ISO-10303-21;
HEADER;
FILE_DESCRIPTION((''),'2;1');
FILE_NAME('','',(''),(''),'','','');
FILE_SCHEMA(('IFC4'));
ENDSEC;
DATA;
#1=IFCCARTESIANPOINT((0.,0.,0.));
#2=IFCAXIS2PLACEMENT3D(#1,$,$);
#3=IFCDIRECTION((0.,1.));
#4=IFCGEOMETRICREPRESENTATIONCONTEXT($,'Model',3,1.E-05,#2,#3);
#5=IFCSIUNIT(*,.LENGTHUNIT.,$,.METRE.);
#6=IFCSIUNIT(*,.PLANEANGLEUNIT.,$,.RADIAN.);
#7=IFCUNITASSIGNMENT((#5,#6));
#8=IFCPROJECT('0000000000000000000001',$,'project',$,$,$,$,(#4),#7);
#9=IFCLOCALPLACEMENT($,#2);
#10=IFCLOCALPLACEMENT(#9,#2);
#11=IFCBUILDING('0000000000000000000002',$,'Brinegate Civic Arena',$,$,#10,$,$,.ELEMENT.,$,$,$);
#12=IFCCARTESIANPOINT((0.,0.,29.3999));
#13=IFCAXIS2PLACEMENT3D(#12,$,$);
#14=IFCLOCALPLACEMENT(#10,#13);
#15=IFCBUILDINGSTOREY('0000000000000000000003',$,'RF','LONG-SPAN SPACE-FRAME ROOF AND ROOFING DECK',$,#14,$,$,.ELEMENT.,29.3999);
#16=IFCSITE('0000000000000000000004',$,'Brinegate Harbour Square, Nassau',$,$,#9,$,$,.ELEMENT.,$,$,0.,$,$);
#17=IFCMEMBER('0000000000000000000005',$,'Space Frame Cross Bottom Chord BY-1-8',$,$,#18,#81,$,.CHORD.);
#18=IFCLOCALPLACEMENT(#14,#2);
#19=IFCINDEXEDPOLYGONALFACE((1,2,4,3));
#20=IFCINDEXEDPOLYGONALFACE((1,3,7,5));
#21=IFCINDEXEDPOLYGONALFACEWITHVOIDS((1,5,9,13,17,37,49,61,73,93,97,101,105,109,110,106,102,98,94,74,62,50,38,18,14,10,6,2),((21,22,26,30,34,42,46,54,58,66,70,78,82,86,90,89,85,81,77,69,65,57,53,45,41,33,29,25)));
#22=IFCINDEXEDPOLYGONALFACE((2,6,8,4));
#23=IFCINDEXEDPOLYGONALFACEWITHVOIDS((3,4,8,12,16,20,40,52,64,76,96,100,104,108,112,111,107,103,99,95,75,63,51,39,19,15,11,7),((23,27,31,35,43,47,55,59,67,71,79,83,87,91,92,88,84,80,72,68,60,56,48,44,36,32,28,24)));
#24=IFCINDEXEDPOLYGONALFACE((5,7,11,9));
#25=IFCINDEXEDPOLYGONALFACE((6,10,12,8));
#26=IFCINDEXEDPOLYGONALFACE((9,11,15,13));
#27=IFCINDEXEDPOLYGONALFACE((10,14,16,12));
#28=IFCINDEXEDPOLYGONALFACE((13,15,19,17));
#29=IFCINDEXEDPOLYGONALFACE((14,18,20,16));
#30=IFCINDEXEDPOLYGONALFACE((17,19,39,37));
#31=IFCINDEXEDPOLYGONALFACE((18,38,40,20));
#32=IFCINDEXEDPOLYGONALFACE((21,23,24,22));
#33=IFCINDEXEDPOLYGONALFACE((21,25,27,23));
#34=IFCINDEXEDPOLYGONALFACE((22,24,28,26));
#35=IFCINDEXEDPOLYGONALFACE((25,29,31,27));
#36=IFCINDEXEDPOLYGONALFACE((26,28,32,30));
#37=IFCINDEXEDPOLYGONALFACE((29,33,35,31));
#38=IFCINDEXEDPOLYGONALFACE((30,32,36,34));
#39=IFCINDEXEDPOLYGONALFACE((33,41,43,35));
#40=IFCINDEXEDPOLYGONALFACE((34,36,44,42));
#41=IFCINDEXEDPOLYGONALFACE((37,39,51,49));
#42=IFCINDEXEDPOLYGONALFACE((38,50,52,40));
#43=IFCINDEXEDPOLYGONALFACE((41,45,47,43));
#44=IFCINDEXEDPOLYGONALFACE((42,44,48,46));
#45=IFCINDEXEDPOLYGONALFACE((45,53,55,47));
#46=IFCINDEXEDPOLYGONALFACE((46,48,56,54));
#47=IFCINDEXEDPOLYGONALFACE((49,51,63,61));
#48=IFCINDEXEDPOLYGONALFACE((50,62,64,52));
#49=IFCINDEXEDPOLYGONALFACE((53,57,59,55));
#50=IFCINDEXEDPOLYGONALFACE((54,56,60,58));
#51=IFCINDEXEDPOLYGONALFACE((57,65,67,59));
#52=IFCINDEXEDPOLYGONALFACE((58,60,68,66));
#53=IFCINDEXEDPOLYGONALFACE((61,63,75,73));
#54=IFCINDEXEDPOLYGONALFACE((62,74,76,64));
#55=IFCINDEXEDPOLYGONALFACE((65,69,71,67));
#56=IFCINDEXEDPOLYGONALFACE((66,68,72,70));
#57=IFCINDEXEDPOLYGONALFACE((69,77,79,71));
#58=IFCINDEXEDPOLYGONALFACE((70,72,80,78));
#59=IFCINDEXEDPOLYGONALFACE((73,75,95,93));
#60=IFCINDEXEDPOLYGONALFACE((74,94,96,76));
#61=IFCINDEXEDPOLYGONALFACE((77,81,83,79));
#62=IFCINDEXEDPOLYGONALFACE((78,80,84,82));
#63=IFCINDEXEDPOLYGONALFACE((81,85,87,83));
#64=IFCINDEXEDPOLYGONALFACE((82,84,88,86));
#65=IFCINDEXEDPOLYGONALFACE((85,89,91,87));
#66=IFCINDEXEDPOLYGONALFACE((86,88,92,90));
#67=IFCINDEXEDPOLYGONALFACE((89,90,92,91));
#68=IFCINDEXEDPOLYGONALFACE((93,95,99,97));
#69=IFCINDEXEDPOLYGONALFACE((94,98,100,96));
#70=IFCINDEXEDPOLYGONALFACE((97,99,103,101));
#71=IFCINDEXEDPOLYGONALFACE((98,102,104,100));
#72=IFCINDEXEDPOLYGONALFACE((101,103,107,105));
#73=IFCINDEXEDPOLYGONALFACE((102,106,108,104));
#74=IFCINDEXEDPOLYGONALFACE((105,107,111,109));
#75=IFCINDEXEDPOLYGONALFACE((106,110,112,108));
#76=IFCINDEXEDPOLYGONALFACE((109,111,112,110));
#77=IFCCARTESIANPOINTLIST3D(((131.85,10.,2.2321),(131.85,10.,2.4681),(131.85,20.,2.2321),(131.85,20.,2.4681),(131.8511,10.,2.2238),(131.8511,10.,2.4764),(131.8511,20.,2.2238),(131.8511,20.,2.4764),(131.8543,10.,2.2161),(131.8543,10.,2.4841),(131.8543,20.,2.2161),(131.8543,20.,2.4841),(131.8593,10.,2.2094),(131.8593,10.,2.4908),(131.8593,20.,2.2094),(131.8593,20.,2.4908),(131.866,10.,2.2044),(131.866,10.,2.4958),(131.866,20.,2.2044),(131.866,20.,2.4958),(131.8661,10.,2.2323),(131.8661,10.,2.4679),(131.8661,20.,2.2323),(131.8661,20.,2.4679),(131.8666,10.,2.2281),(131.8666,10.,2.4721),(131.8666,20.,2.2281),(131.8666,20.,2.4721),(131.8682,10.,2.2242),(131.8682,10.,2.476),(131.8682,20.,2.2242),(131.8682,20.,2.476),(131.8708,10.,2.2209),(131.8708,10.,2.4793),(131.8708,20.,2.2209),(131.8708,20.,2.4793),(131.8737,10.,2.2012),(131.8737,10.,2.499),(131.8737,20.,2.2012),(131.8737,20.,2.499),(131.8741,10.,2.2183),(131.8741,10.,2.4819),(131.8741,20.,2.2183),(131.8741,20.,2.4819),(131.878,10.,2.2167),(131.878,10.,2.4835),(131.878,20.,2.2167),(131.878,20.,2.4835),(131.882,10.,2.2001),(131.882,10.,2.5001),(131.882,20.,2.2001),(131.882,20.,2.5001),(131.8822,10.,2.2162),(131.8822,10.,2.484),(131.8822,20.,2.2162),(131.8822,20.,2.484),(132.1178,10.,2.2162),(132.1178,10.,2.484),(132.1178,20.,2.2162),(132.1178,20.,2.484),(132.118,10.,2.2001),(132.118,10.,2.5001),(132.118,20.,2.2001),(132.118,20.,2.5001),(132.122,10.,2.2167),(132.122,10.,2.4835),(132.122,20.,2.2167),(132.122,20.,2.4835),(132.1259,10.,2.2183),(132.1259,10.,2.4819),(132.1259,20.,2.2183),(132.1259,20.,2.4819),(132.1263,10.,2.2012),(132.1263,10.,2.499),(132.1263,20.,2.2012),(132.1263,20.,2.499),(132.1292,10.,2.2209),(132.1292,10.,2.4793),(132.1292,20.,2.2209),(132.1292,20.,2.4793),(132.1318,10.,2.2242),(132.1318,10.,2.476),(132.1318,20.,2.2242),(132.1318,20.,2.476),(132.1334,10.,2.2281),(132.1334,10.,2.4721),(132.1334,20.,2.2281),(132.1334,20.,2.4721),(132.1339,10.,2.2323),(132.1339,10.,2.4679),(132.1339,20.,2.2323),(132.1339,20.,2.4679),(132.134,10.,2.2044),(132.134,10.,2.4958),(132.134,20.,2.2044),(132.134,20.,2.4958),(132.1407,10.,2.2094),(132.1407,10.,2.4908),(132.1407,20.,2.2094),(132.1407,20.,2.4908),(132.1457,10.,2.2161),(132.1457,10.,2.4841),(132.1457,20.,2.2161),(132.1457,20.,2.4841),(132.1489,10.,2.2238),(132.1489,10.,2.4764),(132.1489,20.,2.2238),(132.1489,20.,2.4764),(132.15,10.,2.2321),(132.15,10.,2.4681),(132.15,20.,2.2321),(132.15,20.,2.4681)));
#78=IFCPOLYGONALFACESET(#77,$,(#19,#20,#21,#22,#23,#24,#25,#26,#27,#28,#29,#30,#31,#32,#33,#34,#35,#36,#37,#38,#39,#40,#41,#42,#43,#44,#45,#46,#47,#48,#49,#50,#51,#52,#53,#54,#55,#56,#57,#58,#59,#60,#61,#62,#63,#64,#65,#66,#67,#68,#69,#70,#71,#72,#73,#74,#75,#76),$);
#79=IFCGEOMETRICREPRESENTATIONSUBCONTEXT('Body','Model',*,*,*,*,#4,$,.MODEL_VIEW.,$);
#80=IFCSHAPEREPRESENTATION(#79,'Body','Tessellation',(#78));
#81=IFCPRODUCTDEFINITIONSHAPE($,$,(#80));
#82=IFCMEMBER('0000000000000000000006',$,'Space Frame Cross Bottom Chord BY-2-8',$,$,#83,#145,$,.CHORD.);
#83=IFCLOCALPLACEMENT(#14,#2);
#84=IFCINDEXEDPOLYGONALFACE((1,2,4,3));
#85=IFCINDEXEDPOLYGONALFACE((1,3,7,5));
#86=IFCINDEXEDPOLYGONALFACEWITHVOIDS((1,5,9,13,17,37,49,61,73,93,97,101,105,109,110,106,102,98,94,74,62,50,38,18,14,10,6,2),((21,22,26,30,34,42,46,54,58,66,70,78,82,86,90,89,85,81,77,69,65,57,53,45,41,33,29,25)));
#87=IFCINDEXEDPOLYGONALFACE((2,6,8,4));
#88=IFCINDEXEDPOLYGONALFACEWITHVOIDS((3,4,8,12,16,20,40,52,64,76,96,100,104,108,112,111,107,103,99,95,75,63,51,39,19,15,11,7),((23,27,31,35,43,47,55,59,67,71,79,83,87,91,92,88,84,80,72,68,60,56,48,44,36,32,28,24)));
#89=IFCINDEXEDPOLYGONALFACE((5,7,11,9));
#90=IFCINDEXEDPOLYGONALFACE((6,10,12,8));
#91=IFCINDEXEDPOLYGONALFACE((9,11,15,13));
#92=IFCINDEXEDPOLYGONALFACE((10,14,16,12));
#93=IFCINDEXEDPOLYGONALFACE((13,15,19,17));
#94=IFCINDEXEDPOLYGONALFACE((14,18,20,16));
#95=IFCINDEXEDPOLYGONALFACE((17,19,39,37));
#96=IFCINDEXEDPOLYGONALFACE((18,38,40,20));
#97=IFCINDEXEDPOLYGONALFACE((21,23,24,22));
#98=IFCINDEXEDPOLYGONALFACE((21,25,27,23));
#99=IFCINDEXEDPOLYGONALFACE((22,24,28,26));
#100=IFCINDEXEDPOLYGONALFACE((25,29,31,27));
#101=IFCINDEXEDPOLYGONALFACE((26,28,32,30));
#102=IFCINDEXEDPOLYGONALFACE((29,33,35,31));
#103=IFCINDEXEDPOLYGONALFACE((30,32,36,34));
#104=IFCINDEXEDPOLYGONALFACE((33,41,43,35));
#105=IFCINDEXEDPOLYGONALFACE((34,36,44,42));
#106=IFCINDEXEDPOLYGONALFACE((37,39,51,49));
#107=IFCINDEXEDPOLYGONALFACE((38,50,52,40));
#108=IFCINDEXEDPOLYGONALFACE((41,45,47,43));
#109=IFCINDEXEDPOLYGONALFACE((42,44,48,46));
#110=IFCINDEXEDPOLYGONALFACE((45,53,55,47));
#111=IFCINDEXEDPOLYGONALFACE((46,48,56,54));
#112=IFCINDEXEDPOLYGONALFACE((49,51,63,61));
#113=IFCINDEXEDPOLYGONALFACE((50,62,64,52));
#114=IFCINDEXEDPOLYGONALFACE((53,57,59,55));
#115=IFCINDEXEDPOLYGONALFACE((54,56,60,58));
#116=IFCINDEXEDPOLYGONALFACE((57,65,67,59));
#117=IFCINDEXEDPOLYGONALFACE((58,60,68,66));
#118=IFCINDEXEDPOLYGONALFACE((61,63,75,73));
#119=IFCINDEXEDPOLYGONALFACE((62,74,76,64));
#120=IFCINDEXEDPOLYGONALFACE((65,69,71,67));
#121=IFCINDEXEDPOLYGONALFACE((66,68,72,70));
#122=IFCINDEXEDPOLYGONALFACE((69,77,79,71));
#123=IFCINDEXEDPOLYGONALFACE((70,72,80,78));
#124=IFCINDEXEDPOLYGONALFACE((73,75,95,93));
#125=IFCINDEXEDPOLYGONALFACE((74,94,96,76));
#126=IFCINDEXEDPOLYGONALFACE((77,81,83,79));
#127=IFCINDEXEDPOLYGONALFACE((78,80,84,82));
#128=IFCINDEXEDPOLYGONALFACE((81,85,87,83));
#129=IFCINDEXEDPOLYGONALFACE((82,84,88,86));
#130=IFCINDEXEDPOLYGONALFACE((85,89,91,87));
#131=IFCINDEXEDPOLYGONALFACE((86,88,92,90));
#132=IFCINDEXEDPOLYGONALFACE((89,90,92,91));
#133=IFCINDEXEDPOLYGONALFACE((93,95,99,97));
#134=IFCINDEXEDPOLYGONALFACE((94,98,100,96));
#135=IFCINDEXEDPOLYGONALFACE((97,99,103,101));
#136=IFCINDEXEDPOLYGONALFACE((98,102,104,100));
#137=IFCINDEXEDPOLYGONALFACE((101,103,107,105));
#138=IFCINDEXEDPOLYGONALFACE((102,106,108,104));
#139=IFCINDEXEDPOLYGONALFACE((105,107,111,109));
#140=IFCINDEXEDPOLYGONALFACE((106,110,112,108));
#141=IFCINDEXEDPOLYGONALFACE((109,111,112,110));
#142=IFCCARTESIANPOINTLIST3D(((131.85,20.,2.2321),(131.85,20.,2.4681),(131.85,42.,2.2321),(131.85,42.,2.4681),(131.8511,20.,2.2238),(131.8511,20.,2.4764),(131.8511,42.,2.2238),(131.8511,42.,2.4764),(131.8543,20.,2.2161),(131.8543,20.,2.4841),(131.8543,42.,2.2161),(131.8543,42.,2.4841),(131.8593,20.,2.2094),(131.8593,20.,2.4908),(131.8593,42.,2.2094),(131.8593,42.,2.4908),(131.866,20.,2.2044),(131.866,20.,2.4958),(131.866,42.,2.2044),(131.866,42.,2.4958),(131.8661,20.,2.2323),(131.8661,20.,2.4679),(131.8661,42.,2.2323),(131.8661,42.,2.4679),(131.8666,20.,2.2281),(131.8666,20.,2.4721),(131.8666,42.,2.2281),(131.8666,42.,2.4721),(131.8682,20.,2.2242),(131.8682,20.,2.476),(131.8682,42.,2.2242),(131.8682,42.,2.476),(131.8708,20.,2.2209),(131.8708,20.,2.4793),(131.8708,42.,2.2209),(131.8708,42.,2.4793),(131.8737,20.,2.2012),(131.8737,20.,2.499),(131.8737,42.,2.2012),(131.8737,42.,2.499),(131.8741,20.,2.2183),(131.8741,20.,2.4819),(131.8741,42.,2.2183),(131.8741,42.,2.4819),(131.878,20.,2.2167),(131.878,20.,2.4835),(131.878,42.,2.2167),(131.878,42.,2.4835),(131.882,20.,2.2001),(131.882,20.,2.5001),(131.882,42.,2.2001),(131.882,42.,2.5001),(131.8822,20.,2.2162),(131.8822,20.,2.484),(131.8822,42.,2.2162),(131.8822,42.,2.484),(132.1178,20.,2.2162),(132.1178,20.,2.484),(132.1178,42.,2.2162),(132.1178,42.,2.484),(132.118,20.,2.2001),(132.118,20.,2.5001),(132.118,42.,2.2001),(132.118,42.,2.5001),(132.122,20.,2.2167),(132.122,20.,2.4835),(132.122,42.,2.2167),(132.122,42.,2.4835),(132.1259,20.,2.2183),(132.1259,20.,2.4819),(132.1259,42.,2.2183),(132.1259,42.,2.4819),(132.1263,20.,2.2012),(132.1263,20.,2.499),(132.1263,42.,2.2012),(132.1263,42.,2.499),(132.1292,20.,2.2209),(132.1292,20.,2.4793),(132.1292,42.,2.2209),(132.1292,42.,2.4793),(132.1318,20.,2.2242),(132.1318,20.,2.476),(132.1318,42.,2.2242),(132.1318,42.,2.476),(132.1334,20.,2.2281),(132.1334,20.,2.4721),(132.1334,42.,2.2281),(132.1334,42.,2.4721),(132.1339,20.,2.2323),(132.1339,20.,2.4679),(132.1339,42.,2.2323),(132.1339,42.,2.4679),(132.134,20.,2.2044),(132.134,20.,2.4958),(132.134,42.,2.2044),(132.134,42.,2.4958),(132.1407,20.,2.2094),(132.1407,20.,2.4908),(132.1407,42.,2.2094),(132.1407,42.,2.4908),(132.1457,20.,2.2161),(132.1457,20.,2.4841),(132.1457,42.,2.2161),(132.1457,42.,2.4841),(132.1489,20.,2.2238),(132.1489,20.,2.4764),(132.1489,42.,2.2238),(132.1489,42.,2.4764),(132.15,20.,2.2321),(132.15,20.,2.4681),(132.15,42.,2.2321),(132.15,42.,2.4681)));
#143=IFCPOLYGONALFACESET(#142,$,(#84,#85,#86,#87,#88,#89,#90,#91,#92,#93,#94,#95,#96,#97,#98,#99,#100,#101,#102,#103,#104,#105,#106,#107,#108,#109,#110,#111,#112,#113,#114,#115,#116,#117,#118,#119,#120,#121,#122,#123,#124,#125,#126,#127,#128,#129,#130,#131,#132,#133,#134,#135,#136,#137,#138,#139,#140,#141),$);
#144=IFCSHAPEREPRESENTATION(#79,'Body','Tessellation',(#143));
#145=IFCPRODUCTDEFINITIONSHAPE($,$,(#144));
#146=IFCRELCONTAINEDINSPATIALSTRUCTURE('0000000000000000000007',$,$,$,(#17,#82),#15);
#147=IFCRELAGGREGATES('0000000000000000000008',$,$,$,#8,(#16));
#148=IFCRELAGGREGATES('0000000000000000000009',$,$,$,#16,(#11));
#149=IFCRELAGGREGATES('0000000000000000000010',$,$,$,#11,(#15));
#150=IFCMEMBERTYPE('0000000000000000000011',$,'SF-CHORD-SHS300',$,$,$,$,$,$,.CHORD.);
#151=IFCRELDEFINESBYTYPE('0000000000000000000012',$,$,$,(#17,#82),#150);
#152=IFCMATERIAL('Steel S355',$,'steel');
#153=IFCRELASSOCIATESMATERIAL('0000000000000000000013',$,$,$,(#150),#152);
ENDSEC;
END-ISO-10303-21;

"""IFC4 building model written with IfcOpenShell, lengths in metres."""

from ifc_helpers import new_model, si_unit, direction, frame, origin, origin_2d, place, context, subcontext, project, spatial, hollow_rectangle, extrude, material, material_profile, profile_set, type_object, element, save


model = new_model("IFC4")

# Units and contexts
model_context = context("Model", 3, precision=1e-05, world=origin(), true_north=direction((0.0, 1.0)))
body_context = subcontext(model_context, "Body", "Model", "MODEL_VIEW")
ifc_project = project(units=[si_unit("LENGTHUNIT", "METRE"), si_unit("PLANEANGLEUNIT", "RADIAN")], contexts=[model_context])

# Site, building, storey
site_placement = place(None, origin())
site = spatial("IfcSite", under=ifc_project, at=site_placement, Name="Brinegate Harbour Square, Nassau", CompositionType="ELEMENT", RefElevation=0.0)
building_placement = place(site_placement, origin())
building = spatial("IfcBuilding", under=site, at=building_placement, Name="Brinegate Civic Arena", CompositionType="ELEMENT")
storey_placement = place(building_placement, frame((0.0, 0.0, 29.3999)))
storey = spatial("IfcBuildingStorey", under=building, at=storey_placement, Name="RF", Description="LONG-SPAN SPACE-FRAME ROOF AND ROOFING DECK", CompositionType="ELEMENT", Elevation=29.3999)

# Shared definitions
ifc_material_1 = material(Name="Steel S355", Category="steel")

# Members
ifc_material_profile_1 = material_profile(ifc_material_1, hollow_rectangle(XDim=0.3, YDim=0.3, WallThickness=0.0161, InnerFilletRadius=0.0161, OuterFilletRadius=0.032, at=origin_2d()), Name="SHS300X16")
ifc_profile_set_1 = profile_set([ifc_material_profile_1], Name="Steel S355")
member_type_1 = type_object("IfcMemberType", Name="SF-CHORD-SHS300", PredefinedType="CHORD", material=ifc_profile_set_1)
member_1_placement = place(storey_placement, frame((132.0, 10.0, 2.3501), z_axis=(0.0, 1.0, 0.0), x_axis=(-1.0, 0.0, 0.0)))
element("IfcMember", 1, at=member_1_placement, inside=storey, type_object=member_type_1, Name="Space Frame Cross Bottom Chord BY-1-8", PredefinedType="CHORD", context=body_context, shape_type="SweptSolid", body=[
    extrude(hollow_rectangle(XDim=0.3, YDim=0.3, WallThickness=0.0161, InnerFilletRadius=0.0161, OuterFilletRadius=0.032, at=origin_2d()), origin(), (0.0, 0.0, 1.0), 10.0),
])
member_2_placement = place(storey_placement, frame((132.0, 20.0, 2.3501), z_axis=(0.0, 1.0, 0.0), x_axis=(-1.0, 0.0, 0.0)))
element("IfcMember", 2, at=member_2_placement, inside=storey, type_object=member_type_1, Name="Space Frame Cross Bottom Chord BY-2-8", PredefinedType="CHORD", context=body_context, shape_type="SweptSolid", body=[
    extrude(hollow_rectangle(XDim=0.3, YDim=0.3, WallThickness=0.0161, InnerFilletRadius=0.0161, OuterFilletRadius=0.032, at=origin_2d()), origin(), (0.0, 0.0, 1.0), 22.0),
])

save(model, "model.ifc")
